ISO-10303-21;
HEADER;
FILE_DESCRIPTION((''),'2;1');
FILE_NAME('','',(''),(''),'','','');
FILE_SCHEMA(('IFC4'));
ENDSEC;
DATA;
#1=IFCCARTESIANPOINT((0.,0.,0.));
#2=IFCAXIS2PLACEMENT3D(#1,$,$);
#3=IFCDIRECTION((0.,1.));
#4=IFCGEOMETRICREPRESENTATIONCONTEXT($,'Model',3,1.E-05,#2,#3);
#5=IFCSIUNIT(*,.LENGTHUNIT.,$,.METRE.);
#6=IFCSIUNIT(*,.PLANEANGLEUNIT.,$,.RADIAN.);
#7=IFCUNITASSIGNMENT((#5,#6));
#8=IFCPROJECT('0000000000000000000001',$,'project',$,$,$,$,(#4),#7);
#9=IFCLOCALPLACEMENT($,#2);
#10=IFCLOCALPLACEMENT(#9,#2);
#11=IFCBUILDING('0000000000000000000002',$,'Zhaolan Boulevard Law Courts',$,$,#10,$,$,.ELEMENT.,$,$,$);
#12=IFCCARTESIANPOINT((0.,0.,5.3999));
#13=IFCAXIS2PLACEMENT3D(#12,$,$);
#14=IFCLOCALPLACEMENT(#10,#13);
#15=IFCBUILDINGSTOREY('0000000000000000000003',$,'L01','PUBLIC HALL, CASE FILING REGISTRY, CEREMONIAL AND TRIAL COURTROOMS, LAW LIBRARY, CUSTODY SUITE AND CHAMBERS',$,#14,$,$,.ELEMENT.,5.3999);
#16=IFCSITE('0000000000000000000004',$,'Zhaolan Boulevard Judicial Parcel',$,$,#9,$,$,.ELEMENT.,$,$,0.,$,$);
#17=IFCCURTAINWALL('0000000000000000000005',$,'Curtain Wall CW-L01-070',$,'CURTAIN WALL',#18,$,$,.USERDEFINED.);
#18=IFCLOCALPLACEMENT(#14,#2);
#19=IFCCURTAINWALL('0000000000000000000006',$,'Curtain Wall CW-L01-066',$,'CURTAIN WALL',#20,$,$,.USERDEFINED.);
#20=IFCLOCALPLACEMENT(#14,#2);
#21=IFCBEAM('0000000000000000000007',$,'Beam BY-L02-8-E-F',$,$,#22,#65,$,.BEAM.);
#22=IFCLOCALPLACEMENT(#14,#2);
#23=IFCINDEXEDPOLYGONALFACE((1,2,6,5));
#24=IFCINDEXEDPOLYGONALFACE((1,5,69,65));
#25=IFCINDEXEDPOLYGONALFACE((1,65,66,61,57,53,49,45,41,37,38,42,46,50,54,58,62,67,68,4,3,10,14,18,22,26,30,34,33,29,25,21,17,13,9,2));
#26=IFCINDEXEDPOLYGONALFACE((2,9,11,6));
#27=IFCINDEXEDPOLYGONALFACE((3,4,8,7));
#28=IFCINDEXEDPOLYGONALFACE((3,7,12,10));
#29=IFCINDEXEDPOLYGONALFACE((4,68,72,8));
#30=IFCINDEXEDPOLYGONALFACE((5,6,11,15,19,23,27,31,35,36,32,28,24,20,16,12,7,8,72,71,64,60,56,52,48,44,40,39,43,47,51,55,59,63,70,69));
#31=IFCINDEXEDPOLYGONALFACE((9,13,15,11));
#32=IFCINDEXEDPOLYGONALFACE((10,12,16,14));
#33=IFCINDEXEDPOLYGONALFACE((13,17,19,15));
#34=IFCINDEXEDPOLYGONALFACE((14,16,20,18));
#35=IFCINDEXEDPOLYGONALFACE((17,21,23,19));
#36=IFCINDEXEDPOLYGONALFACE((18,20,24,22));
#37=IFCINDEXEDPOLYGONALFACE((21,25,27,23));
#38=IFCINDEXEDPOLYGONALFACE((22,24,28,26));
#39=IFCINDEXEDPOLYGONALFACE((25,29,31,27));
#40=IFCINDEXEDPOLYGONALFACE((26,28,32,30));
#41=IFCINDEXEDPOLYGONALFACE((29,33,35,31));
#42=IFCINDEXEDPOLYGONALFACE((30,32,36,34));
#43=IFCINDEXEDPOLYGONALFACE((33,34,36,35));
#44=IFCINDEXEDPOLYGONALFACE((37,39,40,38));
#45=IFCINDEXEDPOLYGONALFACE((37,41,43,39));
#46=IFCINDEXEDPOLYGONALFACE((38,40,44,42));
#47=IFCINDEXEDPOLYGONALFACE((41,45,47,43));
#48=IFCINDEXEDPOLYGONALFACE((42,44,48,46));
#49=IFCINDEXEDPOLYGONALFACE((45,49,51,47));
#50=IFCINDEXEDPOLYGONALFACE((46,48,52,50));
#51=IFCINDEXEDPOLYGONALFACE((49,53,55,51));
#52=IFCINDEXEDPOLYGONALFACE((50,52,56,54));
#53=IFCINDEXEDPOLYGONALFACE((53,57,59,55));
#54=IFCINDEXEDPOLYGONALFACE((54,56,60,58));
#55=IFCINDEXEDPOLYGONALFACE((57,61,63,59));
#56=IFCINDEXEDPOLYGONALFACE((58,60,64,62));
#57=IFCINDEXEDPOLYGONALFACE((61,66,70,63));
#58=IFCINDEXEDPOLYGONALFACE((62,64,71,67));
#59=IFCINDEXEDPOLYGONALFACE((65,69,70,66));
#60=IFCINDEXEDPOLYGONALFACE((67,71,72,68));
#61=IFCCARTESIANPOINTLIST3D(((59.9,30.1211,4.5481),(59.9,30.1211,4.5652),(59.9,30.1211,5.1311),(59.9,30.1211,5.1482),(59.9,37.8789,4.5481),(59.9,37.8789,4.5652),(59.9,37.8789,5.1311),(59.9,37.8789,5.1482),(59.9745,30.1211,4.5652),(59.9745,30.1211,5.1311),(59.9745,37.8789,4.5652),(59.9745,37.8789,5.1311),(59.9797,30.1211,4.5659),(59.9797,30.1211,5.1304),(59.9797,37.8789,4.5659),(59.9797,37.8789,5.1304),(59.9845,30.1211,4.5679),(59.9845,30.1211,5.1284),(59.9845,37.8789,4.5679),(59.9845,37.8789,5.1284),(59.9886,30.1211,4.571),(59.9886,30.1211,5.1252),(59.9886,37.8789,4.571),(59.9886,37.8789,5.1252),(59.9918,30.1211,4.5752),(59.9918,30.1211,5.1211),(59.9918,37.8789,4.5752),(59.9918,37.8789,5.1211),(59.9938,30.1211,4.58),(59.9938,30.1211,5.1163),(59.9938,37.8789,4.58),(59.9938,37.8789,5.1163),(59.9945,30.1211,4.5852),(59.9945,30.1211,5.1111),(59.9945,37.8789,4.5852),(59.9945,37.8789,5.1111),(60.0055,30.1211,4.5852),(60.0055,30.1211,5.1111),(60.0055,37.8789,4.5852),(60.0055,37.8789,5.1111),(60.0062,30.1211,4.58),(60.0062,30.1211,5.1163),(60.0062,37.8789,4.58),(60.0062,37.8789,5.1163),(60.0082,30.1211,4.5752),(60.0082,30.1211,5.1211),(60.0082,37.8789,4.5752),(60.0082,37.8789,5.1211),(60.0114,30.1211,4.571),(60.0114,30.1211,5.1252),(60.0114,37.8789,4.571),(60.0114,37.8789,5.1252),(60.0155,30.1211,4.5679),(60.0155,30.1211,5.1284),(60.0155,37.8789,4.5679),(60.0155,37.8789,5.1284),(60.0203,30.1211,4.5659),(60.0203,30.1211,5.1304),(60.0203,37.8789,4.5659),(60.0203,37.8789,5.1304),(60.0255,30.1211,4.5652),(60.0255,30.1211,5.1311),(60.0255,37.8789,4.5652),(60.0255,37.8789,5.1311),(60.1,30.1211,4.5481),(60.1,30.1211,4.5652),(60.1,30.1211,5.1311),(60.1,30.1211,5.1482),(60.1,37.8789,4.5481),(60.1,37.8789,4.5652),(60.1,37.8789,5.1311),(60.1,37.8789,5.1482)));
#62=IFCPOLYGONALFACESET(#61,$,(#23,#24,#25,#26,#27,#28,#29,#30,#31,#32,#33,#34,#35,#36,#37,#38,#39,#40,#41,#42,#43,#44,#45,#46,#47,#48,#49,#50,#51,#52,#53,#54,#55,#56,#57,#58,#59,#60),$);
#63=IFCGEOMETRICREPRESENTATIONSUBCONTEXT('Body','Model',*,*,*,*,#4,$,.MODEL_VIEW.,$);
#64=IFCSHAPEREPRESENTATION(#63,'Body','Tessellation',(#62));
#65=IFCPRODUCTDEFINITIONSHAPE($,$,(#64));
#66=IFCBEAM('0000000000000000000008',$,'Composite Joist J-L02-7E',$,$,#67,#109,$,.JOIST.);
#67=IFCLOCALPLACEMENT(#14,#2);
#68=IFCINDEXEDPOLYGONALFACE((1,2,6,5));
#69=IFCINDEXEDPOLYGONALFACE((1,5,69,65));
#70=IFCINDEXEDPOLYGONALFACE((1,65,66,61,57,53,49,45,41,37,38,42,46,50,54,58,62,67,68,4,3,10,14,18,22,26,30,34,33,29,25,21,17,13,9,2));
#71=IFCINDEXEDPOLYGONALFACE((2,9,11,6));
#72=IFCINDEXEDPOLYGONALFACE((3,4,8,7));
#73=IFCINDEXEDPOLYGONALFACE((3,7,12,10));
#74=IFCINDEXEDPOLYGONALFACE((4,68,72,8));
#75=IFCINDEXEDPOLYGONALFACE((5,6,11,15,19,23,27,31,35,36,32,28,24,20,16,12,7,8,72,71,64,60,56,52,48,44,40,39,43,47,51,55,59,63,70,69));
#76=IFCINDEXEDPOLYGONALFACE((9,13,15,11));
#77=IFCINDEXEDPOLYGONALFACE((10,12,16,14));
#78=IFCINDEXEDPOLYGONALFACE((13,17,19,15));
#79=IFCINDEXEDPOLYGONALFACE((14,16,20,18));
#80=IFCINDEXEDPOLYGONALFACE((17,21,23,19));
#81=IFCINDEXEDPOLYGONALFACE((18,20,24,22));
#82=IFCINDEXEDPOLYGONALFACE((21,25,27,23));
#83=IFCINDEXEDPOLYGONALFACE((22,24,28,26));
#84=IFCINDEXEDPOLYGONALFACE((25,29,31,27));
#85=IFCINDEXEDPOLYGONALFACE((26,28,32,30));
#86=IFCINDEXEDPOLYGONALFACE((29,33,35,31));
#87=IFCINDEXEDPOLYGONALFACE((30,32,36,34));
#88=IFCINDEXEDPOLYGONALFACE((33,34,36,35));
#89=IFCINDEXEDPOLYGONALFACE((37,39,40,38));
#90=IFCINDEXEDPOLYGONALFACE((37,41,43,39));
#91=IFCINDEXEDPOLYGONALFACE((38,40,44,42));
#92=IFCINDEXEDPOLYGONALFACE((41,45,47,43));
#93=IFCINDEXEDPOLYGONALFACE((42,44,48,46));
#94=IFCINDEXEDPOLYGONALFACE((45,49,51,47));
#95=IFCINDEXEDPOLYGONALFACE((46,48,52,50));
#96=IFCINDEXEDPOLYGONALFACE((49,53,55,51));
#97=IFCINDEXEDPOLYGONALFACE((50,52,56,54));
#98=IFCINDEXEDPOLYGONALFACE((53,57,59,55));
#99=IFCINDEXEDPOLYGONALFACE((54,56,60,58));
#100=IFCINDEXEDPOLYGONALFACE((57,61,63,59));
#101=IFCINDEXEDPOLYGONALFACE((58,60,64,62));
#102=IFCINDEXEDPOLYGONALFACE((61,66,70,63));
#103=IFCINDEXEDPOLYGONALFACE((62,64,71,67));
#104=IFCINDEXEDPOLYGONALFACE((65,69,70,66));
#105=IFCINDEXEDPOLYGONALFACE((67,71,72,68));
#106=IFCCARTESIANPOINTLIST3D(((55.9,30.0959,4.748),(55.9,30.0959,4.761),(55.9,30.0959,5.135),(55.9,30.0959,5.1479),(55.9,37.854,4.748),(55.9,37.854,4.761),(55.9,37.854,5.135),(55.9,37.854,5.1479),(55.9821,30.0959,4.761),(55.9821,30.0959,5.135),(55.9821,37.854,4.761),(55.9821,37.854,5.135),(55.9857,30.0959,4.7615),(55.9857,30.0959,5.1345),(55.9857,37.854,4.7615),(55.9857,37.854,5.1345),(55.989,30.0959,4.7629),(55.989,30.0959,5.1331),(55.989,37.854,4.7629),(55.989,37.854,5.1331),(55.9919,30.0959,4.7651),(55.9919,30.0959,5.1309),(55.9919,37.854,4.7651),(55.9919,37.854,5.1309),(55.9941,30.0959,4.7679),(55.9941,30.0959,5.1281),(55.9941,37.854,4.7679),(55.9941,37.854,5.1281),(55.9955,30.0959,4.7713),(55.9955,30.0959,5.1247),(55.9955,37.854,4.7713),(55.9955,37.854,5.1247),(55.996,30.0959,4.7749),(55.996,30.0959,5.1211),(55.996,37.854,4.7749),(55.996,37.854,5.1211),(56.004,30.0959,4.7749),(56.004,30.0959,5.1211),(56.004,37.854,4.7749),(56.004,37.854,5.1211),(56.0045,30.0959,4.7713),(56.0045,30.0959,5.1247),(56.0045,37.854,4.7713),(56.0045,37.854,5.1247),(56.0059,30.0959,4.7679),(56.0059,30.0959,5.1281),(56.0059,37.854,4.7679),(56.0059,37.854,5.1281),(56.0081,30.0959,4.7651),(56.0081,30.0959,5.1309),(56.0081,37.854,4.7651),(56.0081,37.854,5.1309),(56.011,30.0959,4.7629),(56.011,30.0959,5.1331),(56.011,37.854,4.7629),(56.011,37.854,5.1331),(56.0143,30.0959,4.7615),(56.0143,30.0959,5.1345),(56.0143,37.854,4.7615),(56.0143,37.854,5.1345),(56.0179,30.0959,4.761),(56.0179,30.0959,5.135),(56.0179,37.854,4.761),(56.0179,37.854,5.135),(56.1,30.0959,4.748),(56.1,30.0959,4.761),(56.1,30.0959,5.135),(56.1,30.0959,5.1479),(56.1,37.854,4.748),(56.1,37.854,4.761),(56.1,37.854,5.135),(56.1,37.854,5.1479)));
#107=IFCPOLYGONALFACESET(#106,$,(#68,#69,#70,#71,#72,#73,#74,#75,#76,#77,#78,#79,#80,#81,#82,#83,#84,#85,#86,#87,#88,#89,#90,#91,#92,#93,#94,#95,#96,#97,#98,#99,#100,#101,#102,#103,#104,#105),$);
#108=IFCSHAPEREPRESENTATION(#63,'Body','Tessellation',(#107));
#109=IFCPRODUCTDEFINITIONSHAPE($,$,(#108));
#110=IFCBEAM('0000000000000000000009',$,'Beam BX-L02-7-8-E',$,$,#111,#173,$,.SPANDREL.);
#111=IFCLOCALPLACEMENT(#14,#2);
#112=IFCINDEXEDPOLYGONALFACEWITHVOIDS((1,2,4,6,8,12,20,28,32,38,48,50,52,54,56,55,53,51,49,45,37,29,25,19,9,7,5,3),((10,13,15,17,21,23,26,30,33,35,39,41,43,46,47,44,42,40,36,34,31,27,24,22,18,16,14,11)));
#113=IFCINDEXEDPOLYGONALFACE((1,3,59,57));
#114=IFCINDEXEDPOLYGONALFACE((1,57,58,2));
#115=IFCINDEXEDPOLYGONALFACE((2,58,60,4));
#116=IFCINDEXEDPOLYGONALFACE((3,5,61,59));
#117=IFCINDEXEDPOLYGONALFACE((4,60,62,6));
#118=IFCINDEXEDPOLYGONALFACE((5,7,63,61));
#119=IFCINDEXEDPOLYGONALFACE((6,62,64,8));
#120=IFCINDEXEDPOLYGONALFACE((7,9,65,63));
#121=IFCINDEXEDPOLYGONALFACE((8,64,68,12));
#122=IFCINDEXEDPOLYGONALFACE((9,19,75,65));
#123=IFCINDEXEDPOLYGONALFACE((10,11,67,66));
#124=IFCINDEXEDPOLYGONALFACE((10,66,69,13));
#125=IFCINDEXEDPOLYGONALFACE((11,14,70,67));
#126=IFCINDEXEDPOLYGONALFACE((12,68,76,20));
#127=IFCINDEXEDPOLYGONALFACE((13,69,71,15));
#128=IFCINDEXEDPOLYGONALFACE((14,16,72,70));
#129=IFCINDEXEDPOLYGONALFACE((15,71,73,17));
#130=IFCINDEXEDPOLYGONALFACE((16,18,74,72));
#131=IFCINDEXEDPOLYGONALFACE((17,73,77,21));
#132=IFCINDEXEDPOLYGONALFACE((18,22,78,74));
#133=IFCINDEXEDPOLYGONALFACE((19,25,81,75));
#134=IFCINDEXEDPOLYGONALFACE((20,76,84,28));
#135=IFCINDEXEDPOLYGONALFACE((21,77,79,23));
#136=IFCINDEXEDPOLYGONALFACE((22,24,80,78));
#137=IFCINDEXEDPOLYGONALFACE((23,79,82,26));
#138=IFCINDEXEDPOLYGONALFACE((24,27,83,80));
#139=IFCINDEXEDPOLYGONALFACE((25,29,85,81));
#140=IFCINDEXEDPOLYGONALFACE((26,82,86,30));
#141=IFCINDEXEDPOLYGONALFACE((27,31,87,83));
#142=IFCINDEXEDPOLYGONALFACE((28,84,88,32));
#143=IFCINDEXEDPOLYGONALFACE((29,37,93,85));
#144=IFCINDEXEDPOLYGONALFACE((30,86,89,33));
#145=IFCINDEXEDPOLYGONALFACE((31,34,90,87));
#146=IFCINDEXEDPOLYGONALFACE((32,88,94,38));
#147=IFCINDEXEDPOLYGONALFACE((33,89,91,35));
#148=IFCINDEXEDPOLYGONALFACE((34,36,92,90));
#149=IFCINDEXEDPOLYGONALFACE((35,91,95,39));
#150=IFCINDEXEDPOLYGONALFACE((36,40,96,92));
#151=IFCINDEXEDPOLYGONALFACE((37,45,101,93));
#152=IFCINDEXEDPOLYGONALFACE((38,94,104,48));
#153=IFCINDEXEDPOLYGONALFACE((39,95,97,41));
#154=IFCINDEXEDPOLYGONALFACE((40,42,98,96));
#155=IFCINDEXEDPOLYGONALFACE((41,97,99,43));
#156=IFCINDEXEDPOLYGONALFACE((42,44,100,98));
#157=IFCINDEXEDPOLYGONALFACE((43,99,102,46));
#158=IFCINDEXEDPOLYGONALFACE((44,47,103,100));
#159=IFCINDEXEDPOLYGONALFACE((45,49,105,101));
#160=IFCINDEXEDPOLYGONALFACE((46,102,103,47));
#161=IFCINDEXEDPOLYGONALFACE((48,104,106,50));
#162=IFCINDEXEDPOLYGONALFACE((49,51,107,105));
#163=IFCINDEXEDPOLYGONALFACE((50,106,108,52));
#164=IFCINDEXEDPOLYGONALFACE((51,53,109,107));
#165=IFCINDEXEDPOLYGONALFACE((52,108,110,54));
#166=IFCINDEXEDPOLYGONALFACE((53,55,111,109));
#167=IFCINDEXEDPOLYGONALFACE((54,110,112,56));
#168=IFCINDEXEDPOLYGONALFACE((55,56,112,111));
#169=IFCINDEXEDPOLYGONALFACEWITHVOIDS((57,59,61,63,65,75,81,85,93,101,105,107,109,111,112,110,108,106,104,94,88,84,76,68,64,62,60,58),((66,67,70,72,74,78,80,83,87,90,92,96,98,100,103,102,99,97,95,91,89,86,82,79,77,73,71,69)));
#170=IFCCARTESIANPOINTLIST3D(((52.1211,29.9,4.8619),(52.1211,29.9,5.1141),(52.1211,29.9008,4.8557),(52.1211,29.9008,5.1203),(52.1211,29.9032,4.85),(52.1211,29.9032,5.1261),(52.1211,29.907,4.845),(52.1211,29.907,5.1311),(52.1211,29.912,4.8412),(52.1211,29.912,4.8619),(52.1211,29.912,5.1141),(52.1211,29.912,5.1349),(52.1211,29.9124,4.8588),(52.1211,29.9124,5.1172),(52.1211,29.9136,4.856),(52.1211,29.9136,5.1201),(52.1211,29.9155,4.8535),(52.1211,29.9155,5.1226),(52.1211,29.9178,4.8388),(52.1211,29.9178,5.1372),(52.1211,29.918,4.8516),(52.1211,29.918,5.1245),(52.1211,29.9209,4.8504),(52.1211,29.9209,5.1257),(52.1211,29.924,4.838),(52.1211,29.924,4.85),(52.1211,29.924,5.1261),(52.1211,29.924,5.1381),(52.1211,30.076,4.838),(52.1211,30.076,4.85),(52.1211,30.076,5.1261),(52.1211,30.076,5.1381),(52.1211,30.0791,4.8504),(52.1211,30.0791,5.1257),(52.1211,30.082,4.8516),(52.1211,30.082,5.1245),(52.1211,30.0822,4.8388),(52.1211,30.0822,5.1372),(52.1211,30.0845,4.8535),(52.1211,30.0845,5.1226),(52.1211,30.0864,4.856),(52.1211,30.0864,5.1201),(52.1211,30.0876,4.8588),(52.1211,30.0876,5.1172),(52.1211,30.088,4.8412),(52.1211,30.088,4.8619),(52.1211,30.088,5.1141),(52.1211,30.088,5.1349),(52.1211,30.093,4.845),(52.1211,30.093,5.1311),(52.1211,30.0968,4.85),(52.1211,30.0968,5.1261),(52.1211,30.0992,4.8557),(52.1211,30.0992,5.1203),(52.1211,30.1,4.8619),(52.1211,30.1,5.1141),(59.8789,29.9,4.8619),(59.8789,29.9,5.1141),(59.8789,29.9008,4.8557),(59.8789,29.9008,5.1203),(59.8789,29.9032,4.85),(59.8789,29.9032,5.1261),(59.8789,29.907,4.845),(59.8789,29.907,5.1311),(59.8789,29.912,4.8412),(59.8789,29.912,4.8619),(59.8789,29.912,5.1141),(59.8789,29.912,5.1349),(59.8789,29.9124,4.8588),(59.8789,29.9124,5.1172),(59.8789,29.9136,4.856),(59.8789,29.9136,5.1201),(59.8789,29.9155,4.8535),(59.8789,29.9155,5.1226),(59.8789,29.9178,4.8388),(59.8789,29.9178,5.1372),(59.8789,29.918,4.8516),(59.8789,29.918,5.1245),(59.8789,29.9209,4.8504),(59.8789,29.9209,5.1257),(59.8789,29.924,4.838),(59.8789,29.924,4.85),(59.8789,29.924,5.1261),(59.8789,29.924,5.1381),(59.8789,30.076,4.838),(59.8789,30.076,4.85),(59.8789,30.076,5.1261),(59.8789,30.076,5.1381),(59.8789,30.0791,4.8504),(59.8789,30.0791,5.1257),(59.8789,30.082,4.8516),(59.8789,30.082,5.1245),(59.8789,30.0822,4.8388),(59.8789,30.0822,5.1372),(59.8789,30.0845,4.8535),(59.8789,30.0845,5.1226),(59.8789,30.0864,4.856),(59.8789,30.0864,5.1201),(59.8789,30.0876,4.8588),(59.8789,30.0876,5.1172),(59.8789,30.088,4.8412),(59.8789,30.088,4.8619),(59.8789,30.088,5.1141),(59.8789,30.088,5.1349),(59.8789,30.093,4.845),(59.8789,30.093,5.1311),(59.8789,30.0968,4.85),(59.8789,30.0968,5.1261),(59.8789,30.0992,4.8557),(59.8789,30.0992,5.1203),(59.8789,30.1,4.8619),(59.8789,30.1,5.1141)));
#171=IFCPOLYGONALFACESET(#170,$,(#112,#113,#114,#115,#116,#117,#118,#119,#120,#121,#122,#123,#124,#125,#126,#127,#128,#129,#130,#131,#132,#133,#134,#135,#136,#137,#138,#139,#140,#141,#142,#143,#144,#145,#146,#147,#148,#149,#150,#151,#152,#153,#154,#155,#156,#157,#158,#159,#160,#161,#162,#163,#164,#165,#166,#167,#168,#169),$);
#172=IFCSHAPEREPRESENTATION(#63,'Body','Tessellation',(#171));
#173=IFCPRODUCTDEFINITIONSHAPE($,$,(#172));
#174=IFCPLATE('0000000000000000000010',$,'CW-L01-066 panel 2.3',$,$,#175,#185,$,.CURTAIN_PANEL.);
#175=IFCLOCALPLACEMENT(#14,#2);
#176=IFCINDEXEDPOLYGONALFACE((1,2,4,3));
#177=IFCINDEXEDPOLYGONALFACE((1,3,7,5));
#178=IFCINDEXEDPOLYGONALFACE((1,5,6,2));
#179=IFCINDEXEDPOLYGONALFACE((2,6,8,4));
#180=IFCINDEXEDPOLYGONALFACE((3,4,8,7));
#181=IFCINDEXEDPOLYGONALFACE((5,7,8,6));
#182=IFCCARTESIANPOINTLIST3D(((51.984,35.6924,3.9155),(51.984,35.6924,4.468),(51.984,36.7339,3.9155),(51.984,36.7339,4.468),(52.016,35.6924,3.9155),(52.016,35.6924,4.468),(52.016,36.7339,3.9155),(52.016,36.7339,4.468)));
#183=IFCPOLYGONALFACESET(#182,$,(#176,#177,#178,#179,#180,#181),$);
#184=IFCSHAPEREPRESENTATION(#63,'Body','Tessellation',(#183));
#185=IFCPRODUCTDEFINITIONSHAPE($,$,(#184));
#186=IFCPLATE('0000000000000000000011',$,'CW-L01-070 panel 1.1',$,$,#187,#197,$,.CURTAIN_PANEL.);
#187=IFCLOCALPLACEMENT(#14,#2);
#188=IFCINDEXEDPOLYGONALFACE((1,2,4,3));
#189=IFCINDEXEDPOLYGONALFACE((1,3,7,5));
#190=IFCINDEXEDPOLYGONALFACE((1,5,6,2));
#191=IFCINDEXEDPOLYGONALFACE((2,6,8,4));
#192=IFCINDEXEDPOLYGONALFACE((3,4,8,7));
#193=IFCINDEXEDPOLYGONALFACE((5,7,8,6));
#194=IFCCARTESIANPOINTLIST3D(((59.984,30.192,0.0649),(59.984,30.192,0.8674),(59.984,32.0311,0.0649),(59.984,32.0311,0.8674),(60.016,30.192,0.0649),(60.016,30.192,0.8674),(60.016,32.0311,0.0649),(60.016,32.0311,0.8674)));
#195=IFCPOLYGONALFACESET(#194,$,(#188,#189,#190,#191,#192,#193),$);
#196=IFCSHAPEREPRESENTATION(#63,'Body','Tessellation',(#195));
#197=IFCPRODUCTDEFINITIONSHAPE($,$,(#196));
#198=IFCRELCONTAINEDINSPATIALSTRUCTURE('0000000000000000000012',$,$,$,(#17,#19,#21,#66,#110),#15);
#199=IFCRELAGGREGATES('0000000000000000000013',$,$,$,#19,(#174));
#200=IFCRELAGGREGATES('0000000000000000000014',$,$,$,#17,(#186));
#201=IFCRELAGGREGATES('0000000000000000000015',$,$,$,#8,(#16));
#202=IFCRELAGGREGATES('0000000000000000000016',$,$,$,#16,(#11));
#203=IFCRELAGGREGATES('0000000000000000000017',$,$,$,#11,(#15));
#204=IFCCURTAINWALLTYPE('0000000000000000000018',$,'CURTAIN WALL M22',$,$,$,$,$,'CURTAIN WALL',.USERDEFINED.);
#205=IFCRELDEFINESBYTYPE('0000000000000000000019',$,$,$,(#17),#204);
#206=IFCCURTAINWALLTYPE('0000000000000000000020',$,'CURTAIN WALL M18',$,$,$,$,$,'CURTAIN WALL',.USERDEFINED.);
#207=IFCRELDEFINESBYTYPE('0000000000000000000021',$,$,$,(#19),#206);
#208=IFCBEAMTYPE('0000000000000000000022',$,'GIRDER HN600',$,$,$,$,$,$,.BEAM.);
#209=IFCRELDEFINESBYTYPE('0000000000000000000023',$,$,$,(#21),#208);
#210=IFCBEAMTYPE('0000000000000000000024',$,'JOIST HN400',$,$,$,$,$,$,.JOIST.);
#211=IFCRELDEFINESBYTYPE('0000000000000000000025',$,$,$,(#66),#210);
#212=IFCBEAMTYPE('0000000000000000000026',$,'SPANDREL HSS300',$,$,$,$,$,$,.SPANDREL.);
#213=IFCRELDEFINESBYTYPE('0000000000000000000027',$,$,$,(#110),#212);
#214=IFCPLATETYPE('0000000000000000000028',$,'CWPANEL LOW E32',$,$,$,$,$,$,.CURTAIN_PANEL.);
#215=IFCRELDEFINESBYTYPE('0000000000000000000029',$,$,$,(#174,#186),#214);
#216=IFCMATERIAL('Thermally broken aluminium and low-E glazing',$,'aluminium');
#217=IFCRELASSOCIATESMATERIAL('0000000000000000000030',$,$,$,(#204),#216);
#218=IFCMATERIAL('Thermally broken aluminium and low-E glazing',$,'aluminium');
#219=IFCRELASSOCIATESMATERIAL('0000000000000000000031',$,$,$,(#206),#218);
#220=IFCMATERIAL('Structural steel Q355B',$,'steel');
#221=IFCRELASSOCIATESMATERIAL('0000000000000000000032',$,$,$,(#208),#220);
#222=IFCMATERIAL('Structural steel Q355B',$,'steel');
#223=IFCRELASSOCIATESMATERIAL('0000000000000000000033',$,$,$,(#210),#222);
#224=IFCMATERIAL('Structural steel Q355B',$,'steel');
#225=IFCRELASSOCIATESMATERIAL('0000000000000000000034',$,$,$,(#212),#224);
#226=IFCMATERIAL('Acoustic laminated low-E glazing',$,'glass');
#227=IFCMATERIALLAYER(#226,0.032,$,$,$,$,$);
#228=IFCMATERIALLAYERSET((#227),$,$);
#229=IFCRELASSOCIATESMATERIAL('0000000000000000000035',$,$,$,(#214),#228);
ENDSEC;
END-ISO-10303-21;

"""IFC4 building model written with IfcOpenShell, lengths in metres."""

from ifc_helpers import new_model, si_unit, direction, frame, origin, origin_2d, place, context, subcontext, project, spatial, rectangle, hollow_rectangle, i_section, extrude, material, layer, layer_set, material_profile, profile_set, type_object, element, aggregate, save


model = new_model("IFC4")

# Units and contexts
model_context = context("Model", 3, precision=1e-05, world=origin(), true_north=direction((0.0, 1.0)))
body_context = subcontext(model_context, "Body", "Model", "MODEL_VIEW")
ifc_project = project(units=[si_unit("LENGTHUNIT", "METRE"), si_unit("PLANEANGLEUNIT", "RADIAN")], contexts=[model_context])

# Site, building, storey
site_placement = place(None, origin())
site = spatial("IfcSite", under=ifc_project, at=site_placement, Name="Zhaolan Boulevard Judicial Parcel", CompositionType="ELEMENT", RefElevation=0.0)
building_placement = place(site_placement, origin())
building = spatial("IfcBuilding", under=site, at=building_placement, Name="Zhaolan Boulevard Law Courts", CompositionType="ELEMENT")
storey_placement = place(building_placement, frame((0.0, 0.0, 5.3999)))
storey = spatial("IfcBuildingStorey", under=building, at=storey_placement, Name="L01", Description="PUBLIC HALL, CASE FILING REGISTRY, CEREMONIAL AND TRIAL COURTROOMS, LAW LIBRARY, CUSTODY SUITE AND CHAMBERS", CompositionType="ELEMENT", Elevation=5.3999)

# Curtain walls
ifc_material_1 = material(Name="Thermally broken aluminium and low-E glazing", Category="aluminium")
curtain_wall_type_1 = type_object("IfcCurtainWallType", Name="CURTAIN WALL M22", ElementType="CURTAIN WALL", PredefinedType="USERDEFINED", material=ifc_material_1)
curtain_wall_1_placement = place(storey_placement, origin())
curtain_wall_1 = element("IfcCurtainWall", 1, at=curtain_wall_1_placement, inside=storey, type_object=curtain_wall_type_1, Name="Curtain Wall CW-L01-070", ObjectType="CURTAIN WALL", PredefinedType="USERDEFINED")
ifc_material_2 = material(Name="Thermally broken aluminium and low-E glazing", Category="aluminium")
curtain_wall_type_2 = type_object("IfcCurtainWallType", Name="CURTAIN WALL M18", ElementType="CURTAIN WALL", PredefinedType="USERDEFINED", material=ifc_material_2)
curtain_wall_2_placement = place(storey_placement, origin())
curtain_wall_2 = element("IfcCurtainWall", 2, at=curtain_wall_2_placement, inside=storey, type_object=curtain_wall_type_2, Name="Curtain Wall CW-L01-066", ObjectType="CURTAIN WALL", PredefinedType="USERDEFINED")

# Beams
ifc_material_3 = material(Name="Structural steel Q355B", Category="steel")
ifc_material_profile_1 = material_profile(ifc_material_3, i_section(OverallWidth=0.2, OverallDepth=0.6001, WebThickness=0.011, FlangeThickness=0.0171, FilletRadius=0.02, at=origin_2d()), Name="HN600x200")
ifc_profile_set_1 = profile_set([ifc_material_profile_1], Name="Structural steel Q355B")
beam_type_1 = type_object("IfcBeamType", Name="GIRDER HN600", PredefinedType="BEAM", material=ifc_profile_set_1)
beam_1_placement = place(storey_placement, frame((60.0, 30.1211, 4.8481), z_axis=(0.0, 1.0, 0.0), x_axis=(-1.0, 0.0, 0.0)))
element("IfcBeam", 3, at=beam_1_placement, inside=storey, type_object=beam_type_1, Name="Beam BY-L02-8-E-F", PredefinedType="BEAM", context=body_context, shape_type="SweptSolid", body=[
    extrude(i_section(OverallWidth=0.2, OverallDepth=0.6001, WebThickness=0.011, FlangeThickness=0.0171, FilletRadius=0.02, at=origin_2d()), origin(), (0.0, 0.0, 1.0), 7.7578),
])
ifc_material_4 = material(Name="Structural steel Q355B", Category="steel")
ifc_material_profile_2 = material_profile(ifc_material_4, i_section(OverallWidth=0.2, OverallDepth=0.3999, WebThickness=0.0081, FlangeThickness=0.0129, FilletRadius=0.0139, at=origin_2d()), Name="HN400x200")
ifc_profile_set_2 = profile_set([ifc_material_profile_2], Name="Structural steel Q355B")
beam_type_2 = type_object("IfcBeamType", Name="JOIST HN400", PredefinedType="JOIST", material=ifc_profile_set_2)
beam_2_placement = place(storey_placement, frame((56.0, 30.0959, 4.948), z_axis=(0.0, 1.0, 0.0), x_axis=(-1.0, 0.0, 0.0)))
element("IfcBeam", 4, at=beam_2_placement, inside=storey, type_object=beam_type_2, Name="Composite Joist J-L02-7E", PredefinedType="JOIST", context=body_context, shape_type="SweptSolid", body=[
    extrude(i_section(OverallWidth=0.2, OverallDepth=0.3999, WebThickness=0.0081, FlangeThickness=0.0129, FilletRadius=0.0139, at=origin_2d()), origin(), (0.0, 0.0, 1.0), 7.7581),
])
ifc_material_5 = material(Name="Structural steel Q355B", Category="steel")
ifc_material_profile_3 = material_profile(ifc_material_5, hollow_rectangle(XDim=0.2, YDim=0.3, WallThickness=0.012, InnerFilletRadius=0.012, OuterFilletRadius=0.0239, at=origin_2d()), Name="HSS300x200x12")
ifc_profile_set_3 = profile_set([ifc_material_profile_3], Name="Structural steel Q355B")
beam_type_3 = type_object("IfcBeamType", Name="SPANDREL HSS300", PredefinedType="SPANDREL", material=ifc_profile_set_3)
beam_3_placement = place(storey_placement, frame((52.1211, 30.0, 4.988), z_axis=(1.0, 0.0, 0.0), x_axis=(0.0, 1.0, 0.0)))
element("IfcBeam", 5, at=beam_3_placement, inside=storey, type_object=beam_type_3, Name="Beam BX-L02-7-8-E", PredefinedType="SPANDREL", context=body_context, shape_type="SweptSolid", body=[
    extrude(hollow_rectangle(XDim=0.2, YDim=0.3, WallThickness=0.012, InnerFilletRadius=0.012, OuterFilletRadius=0.0239, at=origin_2d()), origin(), (0.0, 0.0, 1.0), 7.7578),
])

# Plates
ifc_material_6 = material(Name="Acoustic laminated low-E glazing", Category="glass")
ifc_layer_1 = layer(ifc_material_6, 0.032)
ifc_layer_set_1 = layer_set([ifc_layer_1])
plate_type_1 = type_object("IfcPlateType", Name="CWPANEL LOW E32", PredefinedType="CURTAIN_PANEL", material=ifc_layer_set_1)
plate_1_placement = place(storey_placement, frame((52.0, 36.2131, 3.9155), z_axis=(0.0, 0.0, 1.0), x_axis=(0.0, -1.0, 0.0)))
plate_1 = element("IfcPlate", 6, at=plate_1_placement, type_object=plate_type_1, Name="CW-L01-066 panel 2.3", PredefinedType="CURTAIN_PANEL", context=body_context, shape_type="SweptSolid", body=[
    extrude(rectangle(XDim=1.0415, YDim=0.032, at=origin_2d()), origin(), (0.0, 0.0, 1.0), 0.5525),
])
aggregate(curtain_wall_2, [plate_1])
plate_2_placement = place(storey_placement, frame((60.0, 31.1116, 0.0649), z_axis=(0.0, 0.0, 1.0), x_axis=(0.0, 1.0, 0.0)))
plate_2 = element("IfcPlate", 7, at=plate_2_placement, type_object=plate_type_1, Name="CW-L01-070 panel 1.1", PredefinedType="CURTAIN_PANEL", context=body_context, shape_type="SweptSolid", body=[
    extrude(rectangle(XDim=1.8391, YDim=0.032, at=origin_2d()), origin(), (0.0, 0.0, 1.0), 0.8025),
])
aggregate(curtain_wall_1, [plate_2])

save(model, "model.ifc")
